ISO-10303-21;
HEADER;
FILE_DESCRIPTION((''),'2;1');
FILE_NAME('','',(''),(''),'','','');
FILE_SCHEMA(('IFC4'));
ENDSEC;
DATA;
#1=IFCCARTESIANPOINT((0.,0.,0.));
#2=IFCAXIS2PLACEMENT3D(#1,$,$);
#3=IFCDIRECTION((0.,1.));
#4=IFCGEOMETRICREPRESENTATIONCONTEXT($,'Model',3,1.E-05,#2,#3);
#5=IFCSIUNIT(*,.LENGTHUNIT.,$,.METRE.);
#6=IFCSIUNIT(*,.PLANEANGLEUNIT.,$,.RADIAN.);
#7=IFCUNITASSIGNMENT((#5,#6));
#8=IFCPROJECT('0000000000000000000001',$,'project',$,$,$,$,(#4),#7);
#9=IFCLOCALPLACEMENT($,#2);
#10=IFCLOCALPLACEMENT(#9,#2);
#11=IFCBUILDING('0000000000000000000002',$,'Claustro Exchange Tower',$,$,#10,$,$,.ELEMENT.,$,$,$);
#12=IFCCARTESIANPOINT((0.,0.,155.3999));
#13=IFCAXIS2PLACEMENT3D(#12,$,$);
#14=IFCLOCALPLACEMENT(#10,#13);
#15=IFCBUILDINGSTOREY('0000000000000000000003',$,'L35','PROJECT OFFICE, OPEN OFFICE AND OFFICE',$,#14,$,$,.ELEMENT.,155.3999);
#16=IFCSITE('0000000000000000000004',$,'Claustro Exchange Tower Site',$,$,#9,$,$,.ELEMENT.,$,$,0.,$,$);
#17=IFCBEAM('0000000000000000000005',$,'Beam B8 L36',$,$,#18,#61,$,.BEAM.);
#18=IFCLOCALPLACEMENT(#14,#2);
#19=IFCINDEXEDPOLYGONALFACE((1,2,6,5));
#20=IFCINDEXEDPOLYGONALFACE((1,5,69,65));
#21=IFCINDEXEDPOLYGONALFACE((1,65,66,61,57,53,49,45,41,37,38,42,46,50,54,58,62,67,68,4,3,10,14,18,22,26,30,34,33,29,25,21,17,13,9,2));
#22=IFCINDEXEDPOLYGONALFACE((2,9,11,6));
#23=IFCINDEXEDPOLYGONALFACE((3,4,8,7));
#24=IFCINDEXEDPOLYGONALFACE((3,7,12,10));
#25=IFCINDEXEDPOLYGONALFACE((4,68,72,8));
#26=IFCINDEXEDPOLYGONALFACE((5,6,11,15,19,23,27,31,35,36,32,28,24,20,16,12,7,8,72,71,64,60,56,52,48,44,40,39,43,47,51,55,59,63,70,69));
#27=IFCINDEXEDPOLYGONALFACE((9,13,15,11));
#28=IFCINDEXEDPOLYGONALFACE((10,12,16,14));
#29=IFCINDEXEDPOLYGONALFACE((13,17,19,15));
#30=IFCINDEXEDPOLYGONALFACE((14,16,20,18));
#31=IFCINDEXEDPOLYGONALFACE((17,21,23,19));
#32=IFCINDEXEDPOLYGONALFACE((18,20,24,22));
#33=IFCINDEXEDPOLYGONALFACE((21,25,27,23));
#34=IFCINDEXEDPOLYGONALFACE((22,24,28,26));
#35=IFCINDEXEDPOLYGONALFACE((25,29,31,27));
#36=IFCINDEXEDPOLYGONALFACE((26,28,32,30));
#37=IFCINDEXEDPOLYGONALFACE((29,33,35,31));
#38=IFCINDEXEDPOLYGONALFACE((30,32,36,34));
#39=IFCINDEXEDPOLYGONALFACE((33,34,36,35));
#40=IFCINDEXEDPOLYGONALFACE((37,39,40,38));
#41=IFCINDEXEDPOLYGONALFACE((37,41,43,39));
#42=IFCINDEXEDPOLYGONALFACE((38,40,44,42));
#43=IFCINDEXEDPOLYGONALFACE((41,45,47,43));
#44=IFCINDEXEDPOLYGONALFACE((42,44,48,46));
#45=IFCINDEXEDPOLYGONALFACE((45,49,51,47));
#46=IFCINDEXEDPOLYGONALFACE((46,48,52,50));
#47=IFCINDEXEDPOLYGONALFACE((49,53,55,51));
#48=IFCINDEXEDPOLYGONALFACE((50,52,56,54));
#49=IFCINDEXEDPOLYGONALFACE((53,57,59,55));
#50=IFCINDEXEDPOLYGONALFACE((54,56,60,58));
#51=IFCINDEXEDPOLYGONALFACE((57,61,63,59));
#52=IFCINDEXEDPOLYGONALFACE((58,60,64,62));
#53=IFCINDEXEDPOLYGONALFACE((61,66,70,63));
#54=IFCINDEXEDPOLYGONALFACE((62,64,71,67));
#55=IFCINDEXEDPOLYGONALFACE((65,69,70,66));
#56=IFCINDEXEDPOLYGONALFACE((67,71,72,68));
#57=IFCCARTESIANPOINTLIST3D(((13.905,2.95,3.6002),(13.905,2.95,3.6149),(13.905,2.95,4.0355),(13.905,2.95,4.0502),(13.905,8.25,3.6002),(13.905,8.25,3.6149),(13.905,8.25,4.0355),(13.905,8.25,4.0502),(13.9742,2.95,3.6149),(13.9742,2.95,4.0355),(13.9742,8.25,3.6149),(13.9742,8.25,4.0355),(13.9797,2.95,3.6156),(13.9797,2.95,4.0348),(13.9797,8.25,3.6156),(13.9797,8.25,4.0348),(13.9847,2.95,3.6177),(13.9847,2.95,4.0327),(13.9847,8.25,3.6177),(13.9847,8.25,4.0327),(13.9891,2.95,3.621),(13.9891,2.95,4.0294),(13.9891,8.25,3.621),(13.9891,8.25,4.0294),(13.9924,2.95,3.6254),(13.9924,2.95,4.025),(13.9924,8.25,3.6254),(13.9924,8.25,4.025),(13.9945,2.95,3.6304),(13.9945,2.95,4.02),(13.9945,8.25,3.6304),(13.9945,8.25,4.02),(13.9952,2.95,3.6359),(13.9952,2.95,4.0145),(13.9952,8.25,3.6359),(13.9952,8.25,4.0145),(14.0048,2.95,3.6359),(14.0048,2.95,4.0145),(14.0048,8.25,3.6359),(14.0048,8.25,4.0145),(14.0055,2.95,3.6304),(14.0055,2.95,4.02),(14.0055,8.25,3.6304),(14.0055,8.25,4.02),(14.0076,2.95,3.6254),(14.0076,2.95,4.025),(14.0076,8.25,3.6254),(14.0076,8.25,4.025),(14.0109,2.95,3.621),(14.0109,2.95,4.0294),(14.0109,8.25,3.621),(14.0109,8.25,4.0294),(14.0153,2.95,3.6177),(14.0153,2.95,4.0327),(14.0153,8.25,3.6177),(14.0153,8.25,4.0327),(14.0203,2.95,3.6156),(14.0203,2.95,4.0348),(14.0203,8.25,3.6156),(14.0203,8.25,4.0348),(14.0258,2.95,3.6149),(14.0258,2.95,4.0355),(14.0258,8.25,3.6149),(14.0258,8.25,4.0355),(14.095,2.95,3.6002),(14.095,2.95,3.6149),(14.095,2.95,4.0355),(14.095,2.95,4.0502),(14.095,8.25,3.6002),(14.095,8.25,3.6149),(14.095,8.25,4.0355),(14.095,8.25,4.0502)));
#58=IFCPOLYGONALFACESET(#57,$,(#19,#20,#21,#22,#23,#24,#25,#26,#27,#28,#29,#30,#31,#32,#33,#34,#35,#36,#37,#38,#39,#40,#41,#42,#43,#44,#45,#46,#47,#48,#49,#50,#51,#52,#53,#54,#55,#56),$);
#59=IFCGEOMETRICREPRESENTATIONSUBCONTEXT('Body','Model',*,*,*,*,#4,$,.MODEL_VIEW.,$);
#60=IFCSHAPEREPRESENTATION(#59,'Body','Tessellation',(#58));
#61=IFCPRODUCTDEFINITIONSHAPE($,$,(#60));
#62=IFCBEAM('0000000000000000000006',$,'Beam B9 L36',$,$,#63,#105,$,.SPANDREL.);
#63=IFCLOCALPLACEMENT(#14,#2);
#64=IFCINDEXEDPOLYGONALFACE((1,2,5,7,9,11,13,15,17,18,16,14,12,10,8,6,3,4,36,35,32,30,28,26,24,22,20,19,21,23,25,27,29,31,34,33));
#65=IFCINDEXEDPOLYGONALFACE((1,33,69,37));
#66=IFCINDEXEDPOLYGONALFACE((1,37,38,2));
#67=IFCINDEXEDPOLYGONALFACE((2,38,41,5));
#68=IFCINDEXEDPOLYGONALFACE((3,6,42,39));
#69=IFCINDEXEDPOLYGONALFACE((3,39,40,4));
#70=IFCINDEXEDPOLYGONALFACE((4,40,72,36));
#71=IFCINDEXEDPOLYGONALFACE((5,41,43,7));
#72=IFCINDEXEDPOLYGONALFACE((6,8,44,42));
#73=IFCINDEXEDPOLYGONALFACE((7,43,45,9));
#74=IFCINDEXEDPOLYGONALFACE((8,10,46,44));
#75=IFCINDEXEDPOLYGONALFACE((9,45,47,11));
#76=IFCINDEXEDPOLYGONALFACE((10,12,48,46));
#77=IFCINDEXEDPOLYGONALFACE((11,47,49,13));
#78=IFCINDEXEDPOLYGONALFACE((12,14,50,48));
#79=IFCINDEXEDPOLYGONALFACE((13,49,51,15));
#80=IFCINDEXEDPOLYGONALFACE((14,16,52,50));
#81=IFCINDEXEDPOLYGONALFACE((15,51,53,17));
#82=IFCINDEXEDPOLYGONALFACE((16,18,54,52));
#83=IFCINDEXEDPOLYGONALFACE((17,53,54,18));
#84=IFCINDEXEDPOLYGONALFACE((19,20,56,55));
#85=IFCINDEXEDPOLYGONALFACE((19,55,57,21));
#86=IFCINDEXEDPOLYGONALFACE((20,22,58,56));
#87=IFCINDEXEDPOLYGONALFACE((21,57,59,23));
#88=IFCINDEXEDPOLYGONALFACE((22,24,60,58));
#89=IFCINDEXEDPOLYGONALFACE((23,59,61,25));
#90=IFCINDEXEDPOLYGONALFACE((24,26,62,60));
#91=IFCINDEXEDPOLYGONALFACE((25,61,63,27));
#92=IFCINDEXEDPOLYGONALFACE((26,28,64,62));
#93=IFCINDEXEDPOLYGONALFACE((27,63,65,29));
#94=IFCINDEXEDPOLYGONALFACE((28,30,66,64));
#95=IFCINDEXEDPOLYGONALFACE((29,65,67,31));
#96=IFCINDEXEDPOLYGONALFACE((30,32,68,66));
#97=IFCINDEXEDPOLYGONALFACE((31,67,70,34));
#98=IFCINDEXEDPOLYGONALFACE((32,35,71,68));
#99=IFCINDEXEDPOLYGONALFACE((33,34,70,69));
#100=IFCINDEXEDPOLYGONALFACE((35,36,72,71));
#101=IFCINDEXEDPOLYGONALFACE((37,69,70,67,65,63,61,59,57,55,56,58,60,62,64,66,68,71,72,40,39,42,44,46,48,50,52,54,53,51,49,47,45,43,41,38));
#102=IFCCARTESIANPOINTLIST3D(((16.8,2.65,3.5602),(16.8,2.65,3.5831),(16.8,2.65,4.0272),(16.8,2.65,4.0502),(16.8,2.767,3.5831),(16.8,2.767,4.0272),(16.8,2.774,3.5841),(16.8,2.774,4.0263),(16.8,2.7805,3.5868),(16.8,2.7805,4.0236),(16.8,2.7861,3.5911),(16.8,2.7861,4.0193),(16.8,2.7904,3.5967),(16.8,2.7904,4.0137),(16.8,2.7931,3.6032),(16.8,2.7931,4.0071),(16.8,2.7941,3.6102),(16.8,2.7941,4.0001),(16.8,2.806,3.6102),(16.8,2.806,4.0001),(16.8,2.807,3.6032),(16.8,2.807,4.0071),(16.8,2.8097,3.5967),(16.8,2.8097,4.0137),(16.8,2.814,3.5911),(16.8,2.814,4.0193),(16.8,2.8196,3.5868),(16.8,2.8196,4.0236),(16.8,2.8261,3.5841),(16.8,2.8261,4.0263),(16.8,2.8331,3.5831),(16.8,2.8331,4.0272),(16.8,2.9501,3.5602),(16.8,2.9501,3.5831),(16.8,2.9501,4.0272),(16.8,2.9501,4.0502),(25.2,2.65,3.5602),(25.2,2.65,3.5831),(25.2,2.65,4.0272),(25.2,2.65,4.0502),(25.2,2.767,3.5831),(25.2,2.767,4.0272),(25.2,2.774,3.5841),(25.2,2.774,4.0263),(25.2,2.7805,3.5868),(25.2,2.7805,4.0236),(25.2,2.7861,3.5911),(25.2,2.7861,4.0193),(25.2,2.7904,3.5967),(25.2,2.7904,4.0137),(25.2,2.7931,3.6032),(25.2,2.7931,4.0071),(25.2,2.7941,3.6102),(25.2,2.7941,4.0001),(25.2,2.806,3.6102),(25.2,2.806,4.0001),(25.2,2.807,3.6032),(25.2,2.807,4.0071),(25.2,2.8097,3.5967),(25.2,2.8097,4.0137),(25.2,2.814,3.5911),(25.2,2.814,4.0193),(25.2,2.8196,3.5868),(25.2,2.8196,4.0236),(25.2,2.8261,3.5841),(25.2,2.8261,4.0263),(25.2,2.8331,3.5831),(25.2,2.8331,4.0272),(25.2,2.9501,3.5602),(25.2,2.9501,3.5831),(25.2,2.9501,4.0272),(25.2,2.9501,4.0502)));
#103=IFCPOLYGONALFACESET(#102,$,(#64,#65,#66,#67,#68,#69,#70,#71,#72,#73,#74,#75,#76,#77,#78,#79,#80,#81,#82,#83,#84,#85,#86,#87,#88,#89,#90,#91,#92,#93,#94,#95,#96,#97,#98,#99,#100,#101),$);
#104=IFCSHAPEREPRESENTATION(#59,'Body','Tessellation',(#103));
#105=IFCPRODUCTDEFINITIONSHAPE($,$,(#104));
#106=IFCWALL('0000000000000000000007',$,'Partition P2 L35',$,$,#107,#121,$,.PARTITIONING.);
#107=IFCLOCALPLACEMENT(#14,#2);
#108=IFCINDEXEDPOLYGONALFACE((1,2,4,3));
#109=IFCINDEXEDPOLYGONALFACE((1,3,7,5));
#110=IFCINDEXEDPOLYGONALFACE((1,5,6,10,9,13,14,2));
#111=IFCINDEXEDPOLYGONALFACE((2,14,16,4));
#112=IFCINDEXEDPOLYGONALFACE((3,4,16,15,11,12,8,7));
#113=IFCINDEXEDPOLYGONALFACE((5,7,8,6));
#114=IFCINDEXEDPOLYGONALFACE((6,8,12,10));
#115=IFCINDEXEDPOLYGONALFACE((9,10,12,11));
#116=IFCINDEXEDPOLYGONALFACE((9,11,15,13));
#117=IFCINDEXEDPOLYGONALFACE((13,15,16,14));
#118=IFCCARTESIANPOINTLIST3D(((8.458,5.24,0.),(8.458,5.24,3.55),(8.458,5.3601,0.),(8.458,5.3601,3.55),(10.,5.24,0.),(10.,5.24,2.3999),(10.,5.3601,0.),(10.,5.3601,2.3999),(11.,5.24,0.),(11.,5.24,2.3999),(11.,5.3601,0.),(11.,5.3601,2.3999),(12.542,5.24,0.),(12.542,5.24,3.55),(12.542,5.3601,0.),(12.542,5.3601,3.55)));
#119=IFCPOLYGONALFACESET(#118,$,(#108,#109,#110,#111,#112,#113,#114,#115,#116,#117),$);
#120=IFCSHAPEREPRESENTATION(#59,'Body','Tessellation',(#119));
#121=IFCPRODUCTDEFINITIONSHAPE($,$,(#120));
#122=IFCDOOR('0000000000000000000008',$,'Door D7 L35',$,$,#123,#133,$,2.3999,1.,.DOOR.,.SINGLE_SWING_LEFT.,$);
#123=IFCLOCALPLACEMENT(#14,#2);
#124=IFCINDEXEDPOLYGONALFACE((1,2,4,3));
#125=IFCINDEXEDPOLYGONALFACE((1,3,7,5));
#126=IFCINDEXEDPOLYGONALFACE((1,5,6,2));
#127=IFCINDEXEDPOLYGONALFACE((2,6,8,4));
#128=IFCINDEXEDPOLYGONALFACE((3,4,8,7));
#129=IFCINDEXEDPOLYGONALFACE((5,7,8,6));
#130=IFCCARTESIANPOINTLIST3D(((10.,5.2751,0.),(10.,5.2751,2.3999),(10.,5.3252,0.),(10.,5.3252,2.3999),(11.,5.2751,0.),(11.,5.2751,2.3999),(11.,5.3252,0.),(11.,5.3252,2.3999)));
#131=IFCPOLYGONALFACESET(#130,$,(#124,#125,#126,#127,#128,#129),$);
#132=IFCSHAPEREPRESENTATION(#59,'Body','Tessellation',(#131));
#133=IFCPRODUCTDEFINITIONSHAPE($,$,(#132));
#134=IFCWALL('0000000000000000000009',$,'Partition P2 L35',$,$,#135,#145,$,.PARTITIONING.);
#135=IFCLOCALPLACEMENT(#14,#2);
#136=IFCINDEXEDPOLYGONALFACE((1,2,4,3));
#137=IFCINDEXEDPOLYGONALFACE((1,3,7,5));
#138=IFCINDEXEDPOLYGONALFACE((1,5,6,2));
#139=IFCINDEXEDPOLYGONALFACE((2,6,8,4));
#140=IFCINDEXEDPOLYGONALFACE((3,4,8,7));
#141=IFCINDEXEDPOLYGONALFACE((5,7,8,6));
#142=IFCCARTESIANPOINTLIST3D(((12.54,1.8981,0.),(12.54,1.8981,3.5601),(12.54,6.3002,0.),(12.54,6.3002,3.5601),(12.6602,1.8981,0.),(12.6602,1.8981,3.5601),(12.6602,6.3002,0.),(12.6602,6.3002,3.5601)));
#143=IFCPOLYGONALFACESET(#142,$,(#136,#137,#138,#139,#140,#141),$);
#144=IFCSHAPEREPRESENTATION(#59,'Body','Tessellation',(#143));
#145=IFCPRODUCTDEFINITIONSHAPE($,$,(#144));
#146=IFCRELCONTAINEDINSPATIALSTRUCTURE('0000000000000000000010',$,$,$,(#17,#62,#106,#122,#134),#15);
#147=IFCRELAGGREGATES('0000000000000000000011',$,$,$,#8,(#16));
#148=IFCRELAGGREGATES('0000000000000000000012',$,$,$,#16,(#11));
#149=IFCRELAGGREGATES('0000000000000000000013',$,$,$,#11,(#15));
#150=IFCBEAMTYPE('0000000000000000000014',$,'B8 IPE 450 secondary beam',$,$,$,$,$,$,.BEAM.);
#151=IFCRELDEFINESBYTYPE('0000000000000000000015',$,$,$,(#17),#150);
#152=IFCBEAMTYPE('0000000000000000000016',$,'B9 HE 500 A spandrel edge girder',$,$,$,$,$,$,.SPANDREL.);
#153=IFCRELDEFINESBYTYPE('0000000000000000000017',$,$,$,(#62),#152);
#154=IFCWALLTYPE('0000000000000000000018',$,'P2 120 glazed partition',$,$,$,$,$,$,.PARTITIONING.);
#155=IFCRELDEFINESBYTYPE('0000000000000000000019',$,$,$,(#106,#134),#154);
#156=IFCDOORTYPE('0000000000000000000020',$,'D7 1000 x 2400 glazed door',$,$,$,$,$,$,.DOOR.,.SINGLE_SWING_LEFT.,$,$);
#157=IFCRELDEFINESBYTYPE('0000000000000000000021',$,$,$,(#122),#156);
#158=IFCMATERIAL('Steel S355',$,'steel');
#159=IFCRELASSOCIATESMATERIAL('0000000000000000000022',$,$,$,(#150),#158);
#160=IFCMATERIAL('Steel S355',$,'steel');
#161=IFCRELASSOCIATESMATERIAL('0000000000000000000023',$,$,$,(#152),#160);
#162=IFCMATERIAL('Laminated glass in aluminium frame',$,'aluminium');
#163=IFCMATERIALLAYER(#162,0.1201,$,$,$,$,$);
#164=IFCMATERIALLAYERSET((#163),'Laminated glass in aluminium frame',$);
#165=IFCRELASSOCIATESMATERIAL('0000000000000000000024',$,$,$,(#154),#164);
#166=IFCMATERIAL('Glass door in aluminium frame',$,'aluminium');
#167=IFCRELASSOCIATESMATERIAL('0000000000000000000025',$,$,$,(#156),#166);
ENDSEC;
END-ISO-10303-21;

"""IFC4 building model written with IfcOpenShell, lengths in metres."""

from ifc_helpers import new_model, si_unit, direction, frame, frame_2d, origin, origin_2d, place, context, subcontext, project, spatial, rectangle, i_section, extrude, material, layer, layer_set, material_profile, profile_set, type_object, element, fill, save


model = new_model("IFC4")

# Units and contexts
model_context = context("Model", 3, precision=1e-05, world=origin(), true_north=direction((0.0, 1.0)))
body_context = subcontext(model_context, "Body", "Model", "MODEL_VIEW")
ifc_project = project(units=[si_unit("LENGTHUNIT", "METRE"), si_unit("PLANEANGLEUNIT", "RADIAN")], contexts=[model_context])

# Site, building, storey
site_placement = place(None, origin())
site = spatial("IfcSite", under=ifc_project, at=site_placement, Name="Claustro Exchange Tower Site", CompositionType="ELEMENT", RefElevation=0.0)
building_placement = place(site_placement, origin())
building = spatial("IfcBuilding", under=site, at=building_placement, Name="Claustro Exchange Tower", CompositionType="ELEMENT")
storey_placement = place(building_placement, frame((0.0, 0.0, 155.3999)))
storey = spatial("IfcBuildingStorey", under=building, at=storey_placement, Name="L35", Description="PROJECT OFFICE, OPEN OFFICE AND OFFICE", CompositionType="ELEMENT", Elevation=155.3999)

# Beams
ifc_material_1 = material(Name="Steel S355", Category="steel")
ifc_material_profile_1 = material_profile(ifc_material_1, i_section(OverallWidth=0.1899, OverallDepth=0.45, WebThickness=0.0095, FlangeThickness=0.0146, FilletRadius=0.021, at=origin_2d()), Name="IPE 450")
ifc_profile_set_1 = profile_set([ifc_material_profile_1], Name="Steel S355")
beam_type_1 = type_object("IfcBeamType", Name="B8 IPE 450 secondary beam", PredefinedType="BEAM", material=ifc_profile_set_1)
for number, where, z_axis, x_axis, name in (
    (1, (14.0, 2.95, 3.8252), (0.0, 1.0, 0.0), (-1.0, 0.0, 0.0), "Beam B8 L36"),
):
    element("IfcBeam", number, at=place(storey_placement, frame(where, z_axis=z_axis, x_axis=x_axis)), inside=storey, type_object=beam_type_1, Name=name, PredefinedType="BEAM", context=body_context, shape_type="SweptSolid", body=[
        extrude(i_section(OverallWidth=0.1899, OverallDepth=0.45, WebThickness=0.0095, FlangeThickness=0.0146, FilletRadius=0.021, at=origin_2d()), origin(), (0.0, 0.0, 1.0), 5.3),
    ])
ifc_material_2 = material(Name="Steel S355", Category="steel")
ifc_material_profile_2 = material_profile(ifc_material_2, i_section(OverallWidth=0.3, OverallDepth=0.49, WebThickness=0.012, FlangeThickness=0.0229, FilletRadius=0.0271, at=origin_2d()), Name="HE 500 A")
ifc_profile_set_2 = profile_set([ifc_material_profile_2], Name="Steel S355")
beam_type_2 = type_object("IfcBeamType", Name="B9 HE 500 A spandrel edge girder", PredefinedType="SPANDREL", material=ifc_profile_set_2)
beam_1_placement = place(storey_placement, frame((16.8, 2.8, 3.8052), z_axis=(1.0, 0.0, 0.0), x_axis=(0.0, 1.0, 0.0)))
element("IfcBeam", 2, at=beam_1_placement, inside=storey, type_object=beam_type_2, Name="Beam B9 L36", PredefinedType="SPANDREL", context=body_context, shape_type="SweptSolid", body=[
    extrude(i_section(OverallWidth=0.3, OverallDepth=0.49, WebThickness=0.012, FlangeThickness=0.0229, FilletRadius=0.0271, at=origin_2d()), origin(), (0.0, 0.0, 1.0), 8.3999),
])

# Wall, opening, door
ifc_material_3 = material(Name="Laminated glass in aluminium frame", Category="aluminium")
ifc_layer_1 = layer(ifc_material_3, 0.1201)
ifc_layer_set_1 = layer_set([ifc_layer_1], Name="Laminated glass in aluminium frame")
wall_type_1 = type_object("IfcWallType", Name="P2 120 glazed partition", PredefinedType="PARTITIONING", material=ifc_layer_set_1)
wall_1_placement = place(storey_placement, frame((8.458, 5.3, 0.0), z_axis=(0.0, 0.0, 1.0), x_axis=(1.0, 0.0, 0.0)))
wall_1 = element("IfcWall", 3, at=wall_1_placement, inside=storey, type_object=wall_type_1, Name="Partition P2 L35", PredefinedType="PARTITIONING", context=body_context, shape_type="SweptSolid", body=[
    extrude(rectangle(XDim=4.084, YDim=0.1201, at=frame_2d((2.042, 0.0))), origin(), (0.0, 0.0, 1.0), 3.55),
])
opening_1_placement = place(wall_1_placement, frame((1.542, 0.0, 0.0)))
opening_1 = element("IfcOpeningElement", 4, at=opening_1_placement, cuts=wall_1, PredefinedType="OPENING", context=body_context, shape_type="SweptSolid", body=[
    extrude(rectangle(XDim=1.0, YDim=2.3999, at=frame_2d((0.5, 1.2))), frame((0.0, 0.0701, 0.0), z_axis=(0.0, -1.0, 0.0), x_axis=(1.0, 0.0, 0.0)), (0.0, 0.0, 1.0), 0.1401),
])
ifc_material_4 = material(Name="Glass door in aluminium frame", Category="aluminium")
door_type = type_object("IfcDoorType", Name="D7 1000 x 2400 glazed door", OperationType="SINGLE_SWING_LEFT", PredefinedType="DOOR", material=ifc_material_4)
door_placement = place(opening_1_placement, frame((1.0, 0.0, 0.0), z_axis=(0.0, 0.0, 1.0), x_axis=(-1.0, 0.0, 0.0)))
door = element("IfcDoor", 5, at=door_placement, inside=storey, type_object=door_type, Name="Door D7 L35", OperationType="SINGLE_SWING_LEFT", OverallHeight=2.3999, OverallWidth=1.0, PredefinedType="DOOR", context=body_context, shape_type="SweptSolid", body=[
    extrude(rectangle(XDim=1.0, YDim=2.3999, at=frame_2d((0.5, 1.2))), frame((0.0, 0.0249, 0.0), z_axis=(0.0, -1.0, 0.0), x_axis=(1.0, 0.0, 0.0)), (0.0, 0.0, 1.0), 0.05),
])
fill(opening_1, door)

# Wall
wall_2_placement = place(storey_placement, frame((12.6001, 1.8979, 0.0), z_axis=(0.0, 0.0, 1.0), x_axis=(0.0, 1.0, 0.0)))
element("IfcWall", 6, at=wall_2_placement, inside=storey, type_object=wall_type_1, Name="Partition P2 L35", PredefinedType="PARTITIONING", context=body_context, shape_type="SweptSolid", body=[
    extrude(rectangle(XDim=4.4021, YDim=0.1201, at=frame_2d((2.2012, 0.0))), origin(), (0.0, 0.0, 1.0), 3.5601),
])

save(model, "model.ifc")
